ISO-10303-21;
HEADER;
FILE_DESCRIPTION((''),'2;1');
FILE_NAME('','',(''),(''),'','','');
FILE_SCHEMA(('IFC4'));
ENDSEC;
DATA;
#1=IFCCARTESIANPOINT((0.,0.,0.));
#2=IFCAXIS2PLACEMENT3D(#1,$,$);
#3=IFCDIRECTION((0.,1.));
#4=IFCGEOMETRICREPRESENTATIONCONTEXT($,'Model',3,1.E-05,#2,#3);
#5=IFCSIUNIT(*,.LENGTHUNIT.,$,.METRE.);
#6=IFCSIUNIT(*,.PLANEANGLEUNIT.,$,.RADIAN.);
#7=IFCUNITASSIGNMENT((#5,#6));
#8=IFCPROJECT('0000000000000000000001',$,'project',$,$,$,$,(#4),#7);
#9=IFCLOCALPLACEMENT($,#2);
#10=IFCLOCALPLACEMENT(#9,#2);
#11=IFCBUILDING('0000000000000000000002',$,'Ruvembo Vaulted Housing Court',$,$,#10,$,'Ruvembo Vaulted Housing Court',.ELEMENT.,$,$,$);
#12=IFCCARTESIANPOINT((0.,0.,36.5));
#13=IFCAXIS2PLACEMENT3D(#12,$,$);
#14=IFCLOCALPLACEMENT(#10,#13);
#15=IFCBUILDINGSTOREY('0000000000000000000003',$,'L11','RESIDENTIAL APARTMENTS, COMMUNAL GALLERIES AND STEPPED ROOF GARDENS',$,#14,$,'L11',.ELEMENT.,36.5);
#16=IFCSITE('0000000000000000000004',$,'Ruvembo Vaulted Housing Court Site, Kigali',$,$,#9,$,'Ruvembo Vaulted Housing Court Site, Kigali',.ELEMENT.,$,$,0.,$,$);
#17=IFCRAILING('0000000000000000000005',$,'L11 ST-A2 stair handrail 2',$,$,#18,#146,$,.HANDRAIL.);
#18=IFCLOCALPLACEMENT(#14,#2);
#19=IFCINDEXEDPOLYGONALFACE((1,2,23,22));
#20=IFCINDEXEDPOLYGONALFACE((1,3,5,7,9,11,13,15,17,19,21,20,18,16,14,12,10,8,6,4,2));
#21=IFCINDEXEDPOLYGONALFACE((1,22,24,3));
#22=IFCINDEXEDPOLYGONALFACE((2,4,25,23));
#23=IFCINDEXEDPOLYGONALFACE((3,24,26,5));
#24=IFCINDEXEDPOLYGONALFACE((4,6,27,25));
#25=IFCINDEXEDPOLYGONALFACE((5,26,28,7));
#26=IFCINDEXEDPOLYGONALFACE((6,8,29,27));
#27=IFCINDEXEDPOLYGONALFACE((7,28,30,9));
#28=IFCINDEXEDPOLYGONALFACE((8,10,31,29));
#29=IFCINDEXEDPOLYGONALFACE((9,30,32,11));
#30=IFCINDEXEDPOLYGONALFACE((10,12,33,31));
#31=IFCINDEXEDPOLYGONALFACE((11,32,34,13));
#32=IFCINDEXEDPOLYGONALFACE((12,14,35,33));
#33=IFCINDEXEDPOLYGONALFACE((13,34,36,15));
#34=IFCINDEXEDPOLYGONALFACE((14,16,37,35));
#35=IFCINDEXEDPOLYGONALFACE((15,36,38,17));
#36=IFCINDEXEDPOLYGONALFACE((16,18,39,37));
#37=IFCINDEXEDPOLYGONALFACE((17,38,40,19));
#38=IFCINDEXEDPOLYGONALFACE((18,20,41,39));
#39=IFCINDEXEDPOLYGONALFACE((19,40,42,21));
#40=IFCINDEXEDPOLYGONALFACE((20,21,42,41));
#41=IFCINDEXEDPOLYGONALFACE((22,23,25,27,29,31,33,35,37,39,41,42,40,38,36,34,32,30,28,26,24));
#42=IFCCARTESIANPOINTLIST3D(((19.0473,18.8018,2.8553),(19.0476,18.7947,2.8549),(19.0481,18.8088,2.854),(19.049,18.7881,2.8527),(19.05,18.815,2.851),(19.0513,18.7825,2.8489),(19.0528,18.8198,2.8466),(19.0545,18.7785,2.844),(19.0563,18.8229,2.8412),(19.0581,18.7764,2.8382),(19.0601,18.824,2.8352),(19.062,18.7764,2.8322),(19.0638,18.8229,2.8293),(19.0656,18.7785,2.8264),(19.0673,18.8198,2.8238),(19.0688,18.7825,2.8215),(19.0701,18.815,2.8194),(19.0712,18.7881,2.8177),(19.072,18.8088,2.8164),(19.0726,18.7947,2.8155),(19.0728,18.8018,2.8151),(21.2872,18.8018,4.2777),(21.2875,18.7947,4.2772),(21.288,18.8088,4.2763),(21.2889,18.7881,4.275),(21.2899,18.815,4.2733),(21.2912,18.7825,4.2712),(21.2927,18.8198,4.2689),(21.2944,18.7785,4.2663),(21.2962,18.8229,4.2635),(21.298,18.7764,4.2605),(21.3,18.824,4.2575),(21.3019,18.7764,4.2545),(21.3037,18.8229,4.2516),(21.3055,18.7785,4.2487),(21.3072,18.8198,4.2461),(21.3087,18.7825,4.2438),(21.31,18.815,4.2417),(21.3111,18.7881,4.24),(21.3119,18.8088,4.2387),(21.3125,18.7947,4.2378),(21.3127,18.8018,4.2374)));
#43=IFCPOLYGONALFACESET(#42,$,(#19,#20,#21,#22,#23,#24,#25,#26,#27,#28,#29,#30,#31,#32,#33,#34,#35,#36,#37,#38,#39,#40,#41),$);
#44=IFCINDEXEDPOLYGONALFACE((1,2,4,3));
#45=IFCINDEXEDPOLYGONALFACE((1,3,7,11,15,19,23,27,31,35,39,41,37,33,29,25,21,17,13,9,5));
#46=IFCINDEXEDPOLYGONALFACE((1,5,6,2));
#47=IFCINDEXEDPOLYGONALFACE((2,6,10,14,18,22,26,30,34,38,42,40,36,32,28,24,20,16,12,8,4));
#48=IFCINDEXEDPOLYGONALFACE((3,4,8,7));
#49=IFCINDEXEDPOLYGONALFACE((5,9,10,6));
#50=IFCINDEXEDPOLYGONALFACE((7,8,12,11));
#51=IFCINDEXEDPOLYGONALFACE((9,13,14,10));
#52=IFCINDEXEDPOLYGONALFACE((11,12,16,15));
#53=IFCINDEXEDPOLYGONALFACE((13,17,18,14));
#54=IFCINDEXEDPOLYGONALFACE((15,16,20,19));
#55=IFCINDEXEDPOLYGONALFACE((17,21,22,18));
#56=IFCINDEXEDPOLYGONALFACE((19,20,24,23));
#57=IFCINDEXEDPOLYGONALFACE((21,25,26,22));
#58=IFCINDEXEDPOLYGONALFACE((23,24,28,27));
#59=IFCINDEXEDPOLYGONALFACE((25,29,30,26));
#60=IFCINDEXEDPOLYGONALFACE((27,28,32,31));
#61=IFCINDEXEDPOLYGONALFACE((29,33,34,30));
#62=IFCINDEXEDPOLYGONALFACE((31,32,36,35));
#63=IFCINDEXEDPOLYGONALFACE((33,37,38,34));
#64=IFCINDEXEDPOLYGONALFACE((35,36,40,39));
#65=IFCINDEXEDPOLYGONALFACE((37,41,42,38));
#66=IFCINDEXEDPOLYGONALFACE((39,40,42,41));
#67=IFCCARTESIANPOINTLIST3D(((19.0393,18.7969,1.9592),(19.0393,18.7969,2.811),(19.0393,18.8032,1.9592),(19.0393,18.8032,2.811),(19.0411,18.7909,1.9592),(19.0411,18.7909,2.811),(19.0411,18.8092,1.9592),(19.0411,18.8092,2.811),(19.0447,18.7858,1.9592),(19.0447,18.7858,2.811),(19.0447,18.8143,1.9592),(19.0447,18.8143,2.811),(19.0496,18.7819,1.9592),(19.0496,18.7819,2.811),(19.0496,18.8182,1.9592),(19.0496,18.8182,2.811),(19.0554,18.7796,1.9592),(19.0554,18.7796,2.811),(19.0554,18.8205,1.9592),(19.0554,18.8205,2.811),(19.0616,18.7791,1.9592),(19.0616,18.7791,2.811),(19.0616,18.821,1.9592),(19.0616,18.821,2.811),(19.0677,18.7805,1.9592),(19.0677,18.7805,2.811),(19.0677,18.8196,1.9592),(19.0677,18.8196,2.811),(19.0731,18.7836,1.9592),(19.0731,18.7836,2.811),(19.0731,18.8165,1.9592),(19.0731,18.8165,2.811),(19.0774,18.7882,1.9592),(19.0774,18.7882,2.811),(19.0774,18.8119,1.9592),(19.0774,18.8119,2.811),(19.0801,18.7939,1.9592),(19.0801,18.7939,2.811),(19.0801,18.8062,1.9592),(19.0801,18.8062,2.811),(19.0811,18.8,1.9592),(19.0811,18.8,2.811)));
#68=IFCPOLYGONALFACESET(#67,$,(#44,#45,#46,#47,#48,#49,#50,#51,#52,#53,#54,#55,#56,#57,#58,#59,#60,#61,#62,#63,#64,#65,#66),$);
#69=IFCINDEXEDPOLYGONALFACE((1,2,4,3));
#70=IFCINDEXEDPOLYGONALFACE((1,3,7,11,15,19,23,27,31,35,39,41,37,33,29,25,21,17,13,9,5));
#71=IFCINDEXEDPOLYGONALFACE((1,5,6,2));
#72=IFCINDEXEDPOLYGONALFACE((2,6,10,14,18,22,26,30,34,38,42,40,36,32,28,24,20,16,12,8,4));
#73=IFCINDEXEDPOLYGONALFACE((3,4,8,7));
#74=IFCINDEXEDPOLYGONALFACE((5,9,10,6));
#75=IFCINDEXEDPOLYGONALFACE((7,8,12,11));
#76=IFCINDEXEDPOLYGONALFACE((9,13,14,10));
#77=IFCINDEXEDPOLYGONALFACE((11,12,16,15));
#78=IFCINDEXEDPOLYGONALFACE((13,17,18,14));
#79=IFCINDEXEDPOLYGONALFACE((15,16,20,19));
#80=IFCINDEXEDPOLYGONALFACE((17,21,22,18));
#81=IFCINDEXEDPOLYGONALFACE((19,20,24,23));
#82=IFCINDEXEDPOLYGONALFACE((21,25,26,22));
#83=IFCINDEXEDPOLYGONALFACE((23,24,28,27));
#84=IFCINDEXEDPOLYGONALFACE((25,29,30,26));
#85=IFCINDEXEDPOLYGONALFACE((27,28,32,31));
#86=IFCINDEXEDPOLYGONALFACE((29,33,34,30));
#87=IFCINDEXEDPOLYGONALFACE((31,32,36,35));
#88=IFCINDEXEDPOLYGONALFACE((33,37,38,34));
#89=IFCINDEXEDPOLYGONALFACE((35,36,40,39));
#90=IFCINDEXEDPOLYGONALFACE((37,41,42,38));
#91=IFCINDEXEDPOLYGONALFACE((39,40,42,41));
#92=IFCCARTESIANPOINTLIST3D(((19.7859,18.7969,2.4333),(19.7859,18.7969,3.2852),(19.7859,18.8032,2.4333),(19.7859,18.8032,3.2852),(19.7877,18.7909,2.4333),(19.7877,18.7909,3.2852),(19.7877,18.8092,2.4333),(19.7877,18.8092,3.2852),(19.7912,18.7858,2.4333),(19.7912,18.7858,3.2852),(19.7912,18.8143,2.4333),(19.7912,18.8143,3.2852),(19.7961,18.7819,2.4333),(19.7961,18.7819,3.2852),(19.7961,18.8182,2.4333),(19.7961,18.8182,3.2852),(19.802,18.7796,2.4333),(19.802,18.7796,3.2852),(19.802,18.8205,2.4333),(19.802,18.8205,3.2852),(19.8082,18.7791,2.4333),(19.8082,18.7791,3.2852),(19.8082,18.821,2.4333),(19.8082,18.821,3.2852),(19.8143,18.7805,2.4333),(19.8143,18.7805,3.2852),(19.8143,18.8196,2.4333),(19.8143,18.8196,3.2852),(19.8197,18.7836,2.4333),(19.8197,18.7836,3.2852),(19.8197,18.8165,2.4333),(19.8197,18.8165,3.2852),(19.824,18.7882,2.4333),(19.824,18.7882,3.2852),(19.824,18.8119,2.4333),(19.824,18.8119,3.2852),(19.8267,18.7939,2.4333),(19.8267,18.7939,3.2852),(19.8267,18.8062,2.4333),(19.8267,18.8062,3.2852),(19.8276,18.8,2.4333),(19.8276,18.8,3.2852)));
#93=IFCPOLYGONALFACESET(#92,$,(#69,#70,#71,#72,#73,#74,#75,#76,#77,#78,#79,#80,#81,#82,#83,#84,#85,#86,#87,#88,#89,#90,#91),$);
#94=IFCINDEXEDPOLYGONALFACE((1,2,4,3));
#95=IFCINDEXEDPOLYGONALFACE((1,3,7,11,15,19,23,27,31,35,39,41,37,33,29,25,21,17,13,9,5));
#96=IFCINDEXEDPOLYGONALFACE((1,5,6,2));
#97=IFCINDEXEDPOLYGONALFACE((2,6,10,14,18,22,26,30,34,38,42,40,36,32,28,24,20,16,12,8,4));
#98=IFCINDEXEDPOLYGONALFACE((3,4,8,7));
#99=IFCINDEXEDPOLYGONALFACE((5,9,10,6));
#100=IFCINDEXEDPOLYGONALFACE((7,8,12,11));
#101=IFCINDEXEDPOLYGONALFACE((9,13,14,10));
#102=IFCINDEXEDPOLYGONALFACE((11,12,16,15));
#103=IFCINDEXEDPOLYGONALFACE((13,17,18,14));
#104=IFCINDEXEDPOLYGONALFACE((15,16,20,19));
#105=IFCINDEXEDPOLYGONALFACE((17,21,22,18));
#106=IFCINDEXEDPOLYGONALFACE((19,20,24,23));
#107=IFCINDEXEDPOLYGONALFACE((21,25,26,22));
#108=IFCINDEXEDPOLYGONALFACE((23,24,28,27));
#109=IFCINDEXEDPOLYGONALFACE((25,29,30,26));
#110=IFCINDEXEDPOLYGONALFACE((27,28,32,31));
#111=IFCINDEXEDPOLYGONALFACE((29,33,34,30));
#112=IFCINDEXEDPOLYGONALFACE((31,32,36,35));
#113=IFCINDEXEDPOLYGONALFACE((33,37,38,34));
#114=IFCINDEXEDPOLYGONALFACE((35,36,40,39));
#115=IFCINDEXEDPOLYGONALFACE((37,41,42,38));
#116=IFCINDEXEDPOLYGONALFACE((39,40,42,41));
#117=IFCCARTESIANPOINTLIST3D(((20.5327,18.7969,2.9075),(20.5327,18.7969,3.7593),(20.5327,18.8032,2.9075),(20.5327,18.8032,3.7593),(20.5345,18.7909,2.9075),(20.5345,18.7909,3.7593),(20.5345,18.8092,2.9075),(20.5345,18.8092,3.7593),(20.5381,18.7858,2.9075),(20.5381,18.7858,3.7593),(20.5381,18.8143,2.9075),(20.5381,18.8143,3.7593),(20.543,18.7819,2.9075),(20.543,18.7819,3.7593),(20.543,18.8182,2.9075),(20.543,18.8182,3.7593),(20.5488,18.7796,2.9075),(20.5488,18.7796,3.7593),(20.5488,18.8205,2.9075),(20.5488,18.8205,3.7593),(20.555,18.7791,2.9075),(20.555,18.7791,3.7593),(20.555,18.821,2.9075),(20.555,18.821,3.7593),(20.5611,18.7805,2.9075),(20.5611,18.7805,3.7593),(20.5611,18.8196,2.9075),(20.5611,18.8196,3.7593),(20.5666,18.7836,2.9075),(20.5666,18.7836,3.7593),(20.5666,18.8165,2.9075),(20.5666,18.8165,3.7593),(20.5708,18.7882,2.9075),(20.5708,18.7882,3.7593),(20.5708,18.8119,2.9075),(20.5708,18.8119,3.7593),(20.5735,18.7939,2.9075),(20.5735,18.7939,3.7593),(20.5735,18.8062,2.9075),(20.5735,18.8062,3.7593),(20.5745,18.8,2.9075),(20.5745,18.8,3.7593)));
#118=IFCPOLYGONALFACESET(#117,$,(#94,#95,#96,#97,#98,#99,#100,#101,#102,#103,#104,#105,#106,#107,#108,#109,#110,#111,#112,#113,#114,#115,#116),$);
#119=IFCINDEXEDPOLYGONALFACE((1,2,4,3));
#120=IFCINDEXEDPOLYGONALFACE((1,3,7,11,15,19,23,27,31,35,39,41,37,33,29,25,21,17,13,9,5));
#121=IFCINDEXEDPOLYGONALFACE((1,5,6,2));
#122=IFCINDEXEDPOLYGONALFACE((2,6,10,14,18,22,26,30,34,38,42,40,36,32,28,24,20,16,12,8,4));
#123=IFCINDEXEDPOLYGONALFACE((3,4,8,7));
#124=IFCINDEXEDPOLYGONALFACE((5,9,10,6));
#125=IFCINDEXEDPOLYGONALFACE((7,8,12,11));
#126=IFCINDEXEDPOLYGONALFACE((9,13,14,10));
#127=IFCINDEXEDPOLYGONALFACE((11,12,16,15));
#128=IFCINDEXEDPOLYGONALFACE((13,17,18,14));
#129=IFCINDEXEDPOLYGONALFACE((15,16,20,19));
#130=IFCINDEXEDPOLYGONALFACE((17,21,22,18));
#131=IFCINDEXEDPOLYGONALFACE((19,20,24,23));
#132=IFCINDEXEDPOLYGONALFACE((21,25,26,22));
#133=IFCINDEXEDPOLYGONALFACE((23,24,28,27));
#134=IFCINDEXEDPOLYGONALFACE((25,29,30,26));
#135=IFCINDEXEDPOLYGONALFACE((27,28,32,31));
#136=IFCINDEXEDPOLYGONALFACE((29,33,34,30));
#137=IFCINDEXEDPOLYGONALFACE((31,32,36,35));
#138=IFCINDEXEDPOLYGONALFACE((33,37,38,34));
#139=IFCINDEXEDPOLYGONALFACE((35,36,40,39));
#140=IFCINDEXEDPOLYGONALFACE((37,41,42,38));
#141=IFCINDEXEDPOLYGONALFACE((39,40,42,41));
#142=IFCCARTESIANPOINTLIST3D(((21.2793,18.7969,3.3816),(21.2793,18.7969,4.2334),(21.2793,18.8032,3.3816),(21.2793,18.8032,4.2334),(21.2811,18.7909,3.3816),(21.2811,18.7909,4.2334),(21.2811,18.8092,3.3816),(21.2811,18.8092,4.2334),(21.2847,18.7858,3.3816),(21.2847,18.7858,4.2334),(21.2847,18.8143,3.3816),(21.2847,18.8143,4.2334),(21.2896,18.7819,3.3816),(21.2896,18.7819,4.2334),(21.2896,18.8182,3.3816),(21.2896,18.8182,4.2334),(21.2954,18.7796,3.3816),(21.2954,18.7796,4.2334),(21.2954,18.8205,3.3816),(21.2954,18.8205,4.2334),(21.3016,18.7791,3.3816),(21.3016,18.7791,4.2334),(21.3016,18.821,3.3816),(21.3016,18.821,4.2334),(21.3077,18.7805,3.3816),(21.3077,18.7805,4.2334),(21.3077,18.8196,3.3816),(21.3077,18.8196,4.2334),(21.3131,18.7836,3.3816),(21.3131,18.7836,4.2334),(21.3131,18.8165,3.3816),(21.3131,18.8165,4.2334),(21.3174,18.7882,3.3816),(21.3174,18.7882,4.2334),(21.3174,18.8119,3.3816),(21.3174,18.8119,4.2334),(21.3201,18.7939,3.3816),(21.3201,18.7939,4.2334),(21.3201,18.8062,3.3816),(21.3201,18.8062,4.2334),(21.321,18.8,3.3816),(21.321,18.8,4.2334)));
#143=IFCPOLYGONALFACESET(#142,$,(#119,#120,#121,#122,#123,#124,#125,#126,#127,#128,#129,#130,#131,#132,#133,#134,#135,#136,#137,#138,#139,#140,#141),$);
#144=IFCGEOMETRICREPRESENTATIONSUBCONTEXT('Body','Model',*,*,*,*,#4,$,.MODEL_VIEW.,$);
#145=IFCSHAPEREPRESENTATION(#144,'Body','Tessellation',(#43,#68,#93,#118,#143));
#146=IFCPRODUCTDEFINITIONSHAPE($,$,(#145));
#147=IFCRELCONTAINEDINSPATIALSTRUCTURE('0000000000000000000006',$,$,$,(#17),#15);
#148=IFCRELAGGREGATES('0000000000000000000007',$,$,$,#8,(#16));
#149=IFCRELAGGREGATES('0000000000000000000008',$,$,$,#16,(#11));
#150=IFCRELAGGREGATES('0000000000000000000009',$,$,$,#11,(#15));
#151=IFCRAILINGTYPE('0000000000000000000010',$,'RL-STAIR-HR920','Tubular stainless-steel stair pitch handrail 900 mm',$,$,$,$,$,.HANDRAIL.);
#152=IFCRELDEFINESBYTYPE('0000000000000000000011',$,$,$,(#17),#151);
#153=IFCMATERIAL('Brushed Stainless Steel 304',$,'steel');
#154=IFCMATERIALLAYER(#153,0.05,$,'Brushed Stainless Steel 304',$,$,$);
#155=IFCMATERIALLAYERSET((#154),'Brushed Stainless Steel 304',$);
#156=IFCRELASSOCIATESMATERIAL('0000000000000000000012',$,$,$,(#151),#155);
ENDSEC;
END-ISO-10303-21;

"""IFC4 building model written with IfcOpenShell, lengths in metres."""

from ifc_helpers import new_model, si_unit, direction, frame, origin, origin_2d, place, context, subcontext, project, spatial, circle, extrude, material, layer, layer_set, type_object, element, save


model = new_model("IFC4")

# Units and contexts
model_context = context("Model", 3, precision=1e-05, world=origin(), true_north=direction((0.0, 1.0)))
body_context = subcontext(model_context, "Body", "Model", "MODEL_VIEW")
ifc_project = project(units=[si_unit("LENGTHUNIT", "METRE"), si_unit("PLANEANGLEUNIT", "RADIAN")], contexts=[model_context])

# Site, building, storey
site_placement = place(None, origin())
site = spatial("IfcSite", under=ifc_project, at=site_placement, Name="Ruvembo Vaulted Housing Court Site, Kigali", LongName="Ruvembo Vaulted Housing Court Site, Kigali", CompositionType="ELEMENT", RefElevation=0.0)
building_placement = place(site_placement, origin())
building = spatial("IfcBuilding", under=site, at=building_placement, Name="Ruvembo Vaulted Housing Court", LongName="Ruvembo Vaulted Housing Court", CompositionType="ELEMENT")
storey_placement = place(building_placement, frame((0.0, 0.0, 36.5)))
storey = spatial("IfcBuildingStorey", under=building, at=storey_placement, Name="L11", Description="RESIDENTIAL APARTMENTS, COMMUNAL GALLERIES AND STEPPED ROOF GARDENS", LongName="L11", CompositionType="ELEMENT", Elevation=36.5)

# Shared definitions
ifc_material_1 = material(Name="Brushed Stainless Steel 304", Category="steel")

# Railing
ifc_layer_1 = layer(ifc_material_1, 0.05, Name="Brushed Stainless Steel 304")
ifc_layer_set_1 = layer_set([ifc_layer_1], Name="Brushed Stainless Steel 304")
railing_type_1 = type_object("IfcRailingType", Name="RL-STAIR-HR920", Description="Tubular stainless-steel stair pitch handrail 900 mm", PredefinedType="HANDRAIL", material=ifc_layer_set_1)
railing_1_placement = place(storey_placement, frame((19.0601, 18.8, 1.9592)))
element("IfcRailing", 1, at=railing_1_placement, inside=storey, type_object=railing_type_1, Name="L11 ST-A2 stair handrail 2", PredefinedType="HANDRAIL", context=body_context, shape_type="SweptSolid", body=[
    extrude(circle(Radius=0.0239, at=origin_2d()), frame((0.0, 0.0, 0.876), z_axis=(0.844188, 0.0, 0.536048), x_axis=(0.0, 1.0, 0.0)), (0.0, 0.0, 1.0), 2.6533),
    extrude(circle(Radius=0.021, at=origin_2d()), origin(), (0.0, 0.0, 1.0), 0.8518),
    extrude(circle(Radius=0.021, at=origin_2d()), frame((0.7466, 0.0, 0.4741)), (0.0, 0.0, 1.0), 0.8518),
    extrude(circle(Radius=0.021, at=origin_2d()), frame((1.4934, 0.0, 0.9482)), (0.0, 0.0, 1.0), 0.8518),
    extrude(circle(Radius=0.021, at=origin_2d()), frame((2.24, 0.0, 1.4224)), (0.0, 0.0, 1.0), 0.8518),
])

save(model, "model.ifc")
